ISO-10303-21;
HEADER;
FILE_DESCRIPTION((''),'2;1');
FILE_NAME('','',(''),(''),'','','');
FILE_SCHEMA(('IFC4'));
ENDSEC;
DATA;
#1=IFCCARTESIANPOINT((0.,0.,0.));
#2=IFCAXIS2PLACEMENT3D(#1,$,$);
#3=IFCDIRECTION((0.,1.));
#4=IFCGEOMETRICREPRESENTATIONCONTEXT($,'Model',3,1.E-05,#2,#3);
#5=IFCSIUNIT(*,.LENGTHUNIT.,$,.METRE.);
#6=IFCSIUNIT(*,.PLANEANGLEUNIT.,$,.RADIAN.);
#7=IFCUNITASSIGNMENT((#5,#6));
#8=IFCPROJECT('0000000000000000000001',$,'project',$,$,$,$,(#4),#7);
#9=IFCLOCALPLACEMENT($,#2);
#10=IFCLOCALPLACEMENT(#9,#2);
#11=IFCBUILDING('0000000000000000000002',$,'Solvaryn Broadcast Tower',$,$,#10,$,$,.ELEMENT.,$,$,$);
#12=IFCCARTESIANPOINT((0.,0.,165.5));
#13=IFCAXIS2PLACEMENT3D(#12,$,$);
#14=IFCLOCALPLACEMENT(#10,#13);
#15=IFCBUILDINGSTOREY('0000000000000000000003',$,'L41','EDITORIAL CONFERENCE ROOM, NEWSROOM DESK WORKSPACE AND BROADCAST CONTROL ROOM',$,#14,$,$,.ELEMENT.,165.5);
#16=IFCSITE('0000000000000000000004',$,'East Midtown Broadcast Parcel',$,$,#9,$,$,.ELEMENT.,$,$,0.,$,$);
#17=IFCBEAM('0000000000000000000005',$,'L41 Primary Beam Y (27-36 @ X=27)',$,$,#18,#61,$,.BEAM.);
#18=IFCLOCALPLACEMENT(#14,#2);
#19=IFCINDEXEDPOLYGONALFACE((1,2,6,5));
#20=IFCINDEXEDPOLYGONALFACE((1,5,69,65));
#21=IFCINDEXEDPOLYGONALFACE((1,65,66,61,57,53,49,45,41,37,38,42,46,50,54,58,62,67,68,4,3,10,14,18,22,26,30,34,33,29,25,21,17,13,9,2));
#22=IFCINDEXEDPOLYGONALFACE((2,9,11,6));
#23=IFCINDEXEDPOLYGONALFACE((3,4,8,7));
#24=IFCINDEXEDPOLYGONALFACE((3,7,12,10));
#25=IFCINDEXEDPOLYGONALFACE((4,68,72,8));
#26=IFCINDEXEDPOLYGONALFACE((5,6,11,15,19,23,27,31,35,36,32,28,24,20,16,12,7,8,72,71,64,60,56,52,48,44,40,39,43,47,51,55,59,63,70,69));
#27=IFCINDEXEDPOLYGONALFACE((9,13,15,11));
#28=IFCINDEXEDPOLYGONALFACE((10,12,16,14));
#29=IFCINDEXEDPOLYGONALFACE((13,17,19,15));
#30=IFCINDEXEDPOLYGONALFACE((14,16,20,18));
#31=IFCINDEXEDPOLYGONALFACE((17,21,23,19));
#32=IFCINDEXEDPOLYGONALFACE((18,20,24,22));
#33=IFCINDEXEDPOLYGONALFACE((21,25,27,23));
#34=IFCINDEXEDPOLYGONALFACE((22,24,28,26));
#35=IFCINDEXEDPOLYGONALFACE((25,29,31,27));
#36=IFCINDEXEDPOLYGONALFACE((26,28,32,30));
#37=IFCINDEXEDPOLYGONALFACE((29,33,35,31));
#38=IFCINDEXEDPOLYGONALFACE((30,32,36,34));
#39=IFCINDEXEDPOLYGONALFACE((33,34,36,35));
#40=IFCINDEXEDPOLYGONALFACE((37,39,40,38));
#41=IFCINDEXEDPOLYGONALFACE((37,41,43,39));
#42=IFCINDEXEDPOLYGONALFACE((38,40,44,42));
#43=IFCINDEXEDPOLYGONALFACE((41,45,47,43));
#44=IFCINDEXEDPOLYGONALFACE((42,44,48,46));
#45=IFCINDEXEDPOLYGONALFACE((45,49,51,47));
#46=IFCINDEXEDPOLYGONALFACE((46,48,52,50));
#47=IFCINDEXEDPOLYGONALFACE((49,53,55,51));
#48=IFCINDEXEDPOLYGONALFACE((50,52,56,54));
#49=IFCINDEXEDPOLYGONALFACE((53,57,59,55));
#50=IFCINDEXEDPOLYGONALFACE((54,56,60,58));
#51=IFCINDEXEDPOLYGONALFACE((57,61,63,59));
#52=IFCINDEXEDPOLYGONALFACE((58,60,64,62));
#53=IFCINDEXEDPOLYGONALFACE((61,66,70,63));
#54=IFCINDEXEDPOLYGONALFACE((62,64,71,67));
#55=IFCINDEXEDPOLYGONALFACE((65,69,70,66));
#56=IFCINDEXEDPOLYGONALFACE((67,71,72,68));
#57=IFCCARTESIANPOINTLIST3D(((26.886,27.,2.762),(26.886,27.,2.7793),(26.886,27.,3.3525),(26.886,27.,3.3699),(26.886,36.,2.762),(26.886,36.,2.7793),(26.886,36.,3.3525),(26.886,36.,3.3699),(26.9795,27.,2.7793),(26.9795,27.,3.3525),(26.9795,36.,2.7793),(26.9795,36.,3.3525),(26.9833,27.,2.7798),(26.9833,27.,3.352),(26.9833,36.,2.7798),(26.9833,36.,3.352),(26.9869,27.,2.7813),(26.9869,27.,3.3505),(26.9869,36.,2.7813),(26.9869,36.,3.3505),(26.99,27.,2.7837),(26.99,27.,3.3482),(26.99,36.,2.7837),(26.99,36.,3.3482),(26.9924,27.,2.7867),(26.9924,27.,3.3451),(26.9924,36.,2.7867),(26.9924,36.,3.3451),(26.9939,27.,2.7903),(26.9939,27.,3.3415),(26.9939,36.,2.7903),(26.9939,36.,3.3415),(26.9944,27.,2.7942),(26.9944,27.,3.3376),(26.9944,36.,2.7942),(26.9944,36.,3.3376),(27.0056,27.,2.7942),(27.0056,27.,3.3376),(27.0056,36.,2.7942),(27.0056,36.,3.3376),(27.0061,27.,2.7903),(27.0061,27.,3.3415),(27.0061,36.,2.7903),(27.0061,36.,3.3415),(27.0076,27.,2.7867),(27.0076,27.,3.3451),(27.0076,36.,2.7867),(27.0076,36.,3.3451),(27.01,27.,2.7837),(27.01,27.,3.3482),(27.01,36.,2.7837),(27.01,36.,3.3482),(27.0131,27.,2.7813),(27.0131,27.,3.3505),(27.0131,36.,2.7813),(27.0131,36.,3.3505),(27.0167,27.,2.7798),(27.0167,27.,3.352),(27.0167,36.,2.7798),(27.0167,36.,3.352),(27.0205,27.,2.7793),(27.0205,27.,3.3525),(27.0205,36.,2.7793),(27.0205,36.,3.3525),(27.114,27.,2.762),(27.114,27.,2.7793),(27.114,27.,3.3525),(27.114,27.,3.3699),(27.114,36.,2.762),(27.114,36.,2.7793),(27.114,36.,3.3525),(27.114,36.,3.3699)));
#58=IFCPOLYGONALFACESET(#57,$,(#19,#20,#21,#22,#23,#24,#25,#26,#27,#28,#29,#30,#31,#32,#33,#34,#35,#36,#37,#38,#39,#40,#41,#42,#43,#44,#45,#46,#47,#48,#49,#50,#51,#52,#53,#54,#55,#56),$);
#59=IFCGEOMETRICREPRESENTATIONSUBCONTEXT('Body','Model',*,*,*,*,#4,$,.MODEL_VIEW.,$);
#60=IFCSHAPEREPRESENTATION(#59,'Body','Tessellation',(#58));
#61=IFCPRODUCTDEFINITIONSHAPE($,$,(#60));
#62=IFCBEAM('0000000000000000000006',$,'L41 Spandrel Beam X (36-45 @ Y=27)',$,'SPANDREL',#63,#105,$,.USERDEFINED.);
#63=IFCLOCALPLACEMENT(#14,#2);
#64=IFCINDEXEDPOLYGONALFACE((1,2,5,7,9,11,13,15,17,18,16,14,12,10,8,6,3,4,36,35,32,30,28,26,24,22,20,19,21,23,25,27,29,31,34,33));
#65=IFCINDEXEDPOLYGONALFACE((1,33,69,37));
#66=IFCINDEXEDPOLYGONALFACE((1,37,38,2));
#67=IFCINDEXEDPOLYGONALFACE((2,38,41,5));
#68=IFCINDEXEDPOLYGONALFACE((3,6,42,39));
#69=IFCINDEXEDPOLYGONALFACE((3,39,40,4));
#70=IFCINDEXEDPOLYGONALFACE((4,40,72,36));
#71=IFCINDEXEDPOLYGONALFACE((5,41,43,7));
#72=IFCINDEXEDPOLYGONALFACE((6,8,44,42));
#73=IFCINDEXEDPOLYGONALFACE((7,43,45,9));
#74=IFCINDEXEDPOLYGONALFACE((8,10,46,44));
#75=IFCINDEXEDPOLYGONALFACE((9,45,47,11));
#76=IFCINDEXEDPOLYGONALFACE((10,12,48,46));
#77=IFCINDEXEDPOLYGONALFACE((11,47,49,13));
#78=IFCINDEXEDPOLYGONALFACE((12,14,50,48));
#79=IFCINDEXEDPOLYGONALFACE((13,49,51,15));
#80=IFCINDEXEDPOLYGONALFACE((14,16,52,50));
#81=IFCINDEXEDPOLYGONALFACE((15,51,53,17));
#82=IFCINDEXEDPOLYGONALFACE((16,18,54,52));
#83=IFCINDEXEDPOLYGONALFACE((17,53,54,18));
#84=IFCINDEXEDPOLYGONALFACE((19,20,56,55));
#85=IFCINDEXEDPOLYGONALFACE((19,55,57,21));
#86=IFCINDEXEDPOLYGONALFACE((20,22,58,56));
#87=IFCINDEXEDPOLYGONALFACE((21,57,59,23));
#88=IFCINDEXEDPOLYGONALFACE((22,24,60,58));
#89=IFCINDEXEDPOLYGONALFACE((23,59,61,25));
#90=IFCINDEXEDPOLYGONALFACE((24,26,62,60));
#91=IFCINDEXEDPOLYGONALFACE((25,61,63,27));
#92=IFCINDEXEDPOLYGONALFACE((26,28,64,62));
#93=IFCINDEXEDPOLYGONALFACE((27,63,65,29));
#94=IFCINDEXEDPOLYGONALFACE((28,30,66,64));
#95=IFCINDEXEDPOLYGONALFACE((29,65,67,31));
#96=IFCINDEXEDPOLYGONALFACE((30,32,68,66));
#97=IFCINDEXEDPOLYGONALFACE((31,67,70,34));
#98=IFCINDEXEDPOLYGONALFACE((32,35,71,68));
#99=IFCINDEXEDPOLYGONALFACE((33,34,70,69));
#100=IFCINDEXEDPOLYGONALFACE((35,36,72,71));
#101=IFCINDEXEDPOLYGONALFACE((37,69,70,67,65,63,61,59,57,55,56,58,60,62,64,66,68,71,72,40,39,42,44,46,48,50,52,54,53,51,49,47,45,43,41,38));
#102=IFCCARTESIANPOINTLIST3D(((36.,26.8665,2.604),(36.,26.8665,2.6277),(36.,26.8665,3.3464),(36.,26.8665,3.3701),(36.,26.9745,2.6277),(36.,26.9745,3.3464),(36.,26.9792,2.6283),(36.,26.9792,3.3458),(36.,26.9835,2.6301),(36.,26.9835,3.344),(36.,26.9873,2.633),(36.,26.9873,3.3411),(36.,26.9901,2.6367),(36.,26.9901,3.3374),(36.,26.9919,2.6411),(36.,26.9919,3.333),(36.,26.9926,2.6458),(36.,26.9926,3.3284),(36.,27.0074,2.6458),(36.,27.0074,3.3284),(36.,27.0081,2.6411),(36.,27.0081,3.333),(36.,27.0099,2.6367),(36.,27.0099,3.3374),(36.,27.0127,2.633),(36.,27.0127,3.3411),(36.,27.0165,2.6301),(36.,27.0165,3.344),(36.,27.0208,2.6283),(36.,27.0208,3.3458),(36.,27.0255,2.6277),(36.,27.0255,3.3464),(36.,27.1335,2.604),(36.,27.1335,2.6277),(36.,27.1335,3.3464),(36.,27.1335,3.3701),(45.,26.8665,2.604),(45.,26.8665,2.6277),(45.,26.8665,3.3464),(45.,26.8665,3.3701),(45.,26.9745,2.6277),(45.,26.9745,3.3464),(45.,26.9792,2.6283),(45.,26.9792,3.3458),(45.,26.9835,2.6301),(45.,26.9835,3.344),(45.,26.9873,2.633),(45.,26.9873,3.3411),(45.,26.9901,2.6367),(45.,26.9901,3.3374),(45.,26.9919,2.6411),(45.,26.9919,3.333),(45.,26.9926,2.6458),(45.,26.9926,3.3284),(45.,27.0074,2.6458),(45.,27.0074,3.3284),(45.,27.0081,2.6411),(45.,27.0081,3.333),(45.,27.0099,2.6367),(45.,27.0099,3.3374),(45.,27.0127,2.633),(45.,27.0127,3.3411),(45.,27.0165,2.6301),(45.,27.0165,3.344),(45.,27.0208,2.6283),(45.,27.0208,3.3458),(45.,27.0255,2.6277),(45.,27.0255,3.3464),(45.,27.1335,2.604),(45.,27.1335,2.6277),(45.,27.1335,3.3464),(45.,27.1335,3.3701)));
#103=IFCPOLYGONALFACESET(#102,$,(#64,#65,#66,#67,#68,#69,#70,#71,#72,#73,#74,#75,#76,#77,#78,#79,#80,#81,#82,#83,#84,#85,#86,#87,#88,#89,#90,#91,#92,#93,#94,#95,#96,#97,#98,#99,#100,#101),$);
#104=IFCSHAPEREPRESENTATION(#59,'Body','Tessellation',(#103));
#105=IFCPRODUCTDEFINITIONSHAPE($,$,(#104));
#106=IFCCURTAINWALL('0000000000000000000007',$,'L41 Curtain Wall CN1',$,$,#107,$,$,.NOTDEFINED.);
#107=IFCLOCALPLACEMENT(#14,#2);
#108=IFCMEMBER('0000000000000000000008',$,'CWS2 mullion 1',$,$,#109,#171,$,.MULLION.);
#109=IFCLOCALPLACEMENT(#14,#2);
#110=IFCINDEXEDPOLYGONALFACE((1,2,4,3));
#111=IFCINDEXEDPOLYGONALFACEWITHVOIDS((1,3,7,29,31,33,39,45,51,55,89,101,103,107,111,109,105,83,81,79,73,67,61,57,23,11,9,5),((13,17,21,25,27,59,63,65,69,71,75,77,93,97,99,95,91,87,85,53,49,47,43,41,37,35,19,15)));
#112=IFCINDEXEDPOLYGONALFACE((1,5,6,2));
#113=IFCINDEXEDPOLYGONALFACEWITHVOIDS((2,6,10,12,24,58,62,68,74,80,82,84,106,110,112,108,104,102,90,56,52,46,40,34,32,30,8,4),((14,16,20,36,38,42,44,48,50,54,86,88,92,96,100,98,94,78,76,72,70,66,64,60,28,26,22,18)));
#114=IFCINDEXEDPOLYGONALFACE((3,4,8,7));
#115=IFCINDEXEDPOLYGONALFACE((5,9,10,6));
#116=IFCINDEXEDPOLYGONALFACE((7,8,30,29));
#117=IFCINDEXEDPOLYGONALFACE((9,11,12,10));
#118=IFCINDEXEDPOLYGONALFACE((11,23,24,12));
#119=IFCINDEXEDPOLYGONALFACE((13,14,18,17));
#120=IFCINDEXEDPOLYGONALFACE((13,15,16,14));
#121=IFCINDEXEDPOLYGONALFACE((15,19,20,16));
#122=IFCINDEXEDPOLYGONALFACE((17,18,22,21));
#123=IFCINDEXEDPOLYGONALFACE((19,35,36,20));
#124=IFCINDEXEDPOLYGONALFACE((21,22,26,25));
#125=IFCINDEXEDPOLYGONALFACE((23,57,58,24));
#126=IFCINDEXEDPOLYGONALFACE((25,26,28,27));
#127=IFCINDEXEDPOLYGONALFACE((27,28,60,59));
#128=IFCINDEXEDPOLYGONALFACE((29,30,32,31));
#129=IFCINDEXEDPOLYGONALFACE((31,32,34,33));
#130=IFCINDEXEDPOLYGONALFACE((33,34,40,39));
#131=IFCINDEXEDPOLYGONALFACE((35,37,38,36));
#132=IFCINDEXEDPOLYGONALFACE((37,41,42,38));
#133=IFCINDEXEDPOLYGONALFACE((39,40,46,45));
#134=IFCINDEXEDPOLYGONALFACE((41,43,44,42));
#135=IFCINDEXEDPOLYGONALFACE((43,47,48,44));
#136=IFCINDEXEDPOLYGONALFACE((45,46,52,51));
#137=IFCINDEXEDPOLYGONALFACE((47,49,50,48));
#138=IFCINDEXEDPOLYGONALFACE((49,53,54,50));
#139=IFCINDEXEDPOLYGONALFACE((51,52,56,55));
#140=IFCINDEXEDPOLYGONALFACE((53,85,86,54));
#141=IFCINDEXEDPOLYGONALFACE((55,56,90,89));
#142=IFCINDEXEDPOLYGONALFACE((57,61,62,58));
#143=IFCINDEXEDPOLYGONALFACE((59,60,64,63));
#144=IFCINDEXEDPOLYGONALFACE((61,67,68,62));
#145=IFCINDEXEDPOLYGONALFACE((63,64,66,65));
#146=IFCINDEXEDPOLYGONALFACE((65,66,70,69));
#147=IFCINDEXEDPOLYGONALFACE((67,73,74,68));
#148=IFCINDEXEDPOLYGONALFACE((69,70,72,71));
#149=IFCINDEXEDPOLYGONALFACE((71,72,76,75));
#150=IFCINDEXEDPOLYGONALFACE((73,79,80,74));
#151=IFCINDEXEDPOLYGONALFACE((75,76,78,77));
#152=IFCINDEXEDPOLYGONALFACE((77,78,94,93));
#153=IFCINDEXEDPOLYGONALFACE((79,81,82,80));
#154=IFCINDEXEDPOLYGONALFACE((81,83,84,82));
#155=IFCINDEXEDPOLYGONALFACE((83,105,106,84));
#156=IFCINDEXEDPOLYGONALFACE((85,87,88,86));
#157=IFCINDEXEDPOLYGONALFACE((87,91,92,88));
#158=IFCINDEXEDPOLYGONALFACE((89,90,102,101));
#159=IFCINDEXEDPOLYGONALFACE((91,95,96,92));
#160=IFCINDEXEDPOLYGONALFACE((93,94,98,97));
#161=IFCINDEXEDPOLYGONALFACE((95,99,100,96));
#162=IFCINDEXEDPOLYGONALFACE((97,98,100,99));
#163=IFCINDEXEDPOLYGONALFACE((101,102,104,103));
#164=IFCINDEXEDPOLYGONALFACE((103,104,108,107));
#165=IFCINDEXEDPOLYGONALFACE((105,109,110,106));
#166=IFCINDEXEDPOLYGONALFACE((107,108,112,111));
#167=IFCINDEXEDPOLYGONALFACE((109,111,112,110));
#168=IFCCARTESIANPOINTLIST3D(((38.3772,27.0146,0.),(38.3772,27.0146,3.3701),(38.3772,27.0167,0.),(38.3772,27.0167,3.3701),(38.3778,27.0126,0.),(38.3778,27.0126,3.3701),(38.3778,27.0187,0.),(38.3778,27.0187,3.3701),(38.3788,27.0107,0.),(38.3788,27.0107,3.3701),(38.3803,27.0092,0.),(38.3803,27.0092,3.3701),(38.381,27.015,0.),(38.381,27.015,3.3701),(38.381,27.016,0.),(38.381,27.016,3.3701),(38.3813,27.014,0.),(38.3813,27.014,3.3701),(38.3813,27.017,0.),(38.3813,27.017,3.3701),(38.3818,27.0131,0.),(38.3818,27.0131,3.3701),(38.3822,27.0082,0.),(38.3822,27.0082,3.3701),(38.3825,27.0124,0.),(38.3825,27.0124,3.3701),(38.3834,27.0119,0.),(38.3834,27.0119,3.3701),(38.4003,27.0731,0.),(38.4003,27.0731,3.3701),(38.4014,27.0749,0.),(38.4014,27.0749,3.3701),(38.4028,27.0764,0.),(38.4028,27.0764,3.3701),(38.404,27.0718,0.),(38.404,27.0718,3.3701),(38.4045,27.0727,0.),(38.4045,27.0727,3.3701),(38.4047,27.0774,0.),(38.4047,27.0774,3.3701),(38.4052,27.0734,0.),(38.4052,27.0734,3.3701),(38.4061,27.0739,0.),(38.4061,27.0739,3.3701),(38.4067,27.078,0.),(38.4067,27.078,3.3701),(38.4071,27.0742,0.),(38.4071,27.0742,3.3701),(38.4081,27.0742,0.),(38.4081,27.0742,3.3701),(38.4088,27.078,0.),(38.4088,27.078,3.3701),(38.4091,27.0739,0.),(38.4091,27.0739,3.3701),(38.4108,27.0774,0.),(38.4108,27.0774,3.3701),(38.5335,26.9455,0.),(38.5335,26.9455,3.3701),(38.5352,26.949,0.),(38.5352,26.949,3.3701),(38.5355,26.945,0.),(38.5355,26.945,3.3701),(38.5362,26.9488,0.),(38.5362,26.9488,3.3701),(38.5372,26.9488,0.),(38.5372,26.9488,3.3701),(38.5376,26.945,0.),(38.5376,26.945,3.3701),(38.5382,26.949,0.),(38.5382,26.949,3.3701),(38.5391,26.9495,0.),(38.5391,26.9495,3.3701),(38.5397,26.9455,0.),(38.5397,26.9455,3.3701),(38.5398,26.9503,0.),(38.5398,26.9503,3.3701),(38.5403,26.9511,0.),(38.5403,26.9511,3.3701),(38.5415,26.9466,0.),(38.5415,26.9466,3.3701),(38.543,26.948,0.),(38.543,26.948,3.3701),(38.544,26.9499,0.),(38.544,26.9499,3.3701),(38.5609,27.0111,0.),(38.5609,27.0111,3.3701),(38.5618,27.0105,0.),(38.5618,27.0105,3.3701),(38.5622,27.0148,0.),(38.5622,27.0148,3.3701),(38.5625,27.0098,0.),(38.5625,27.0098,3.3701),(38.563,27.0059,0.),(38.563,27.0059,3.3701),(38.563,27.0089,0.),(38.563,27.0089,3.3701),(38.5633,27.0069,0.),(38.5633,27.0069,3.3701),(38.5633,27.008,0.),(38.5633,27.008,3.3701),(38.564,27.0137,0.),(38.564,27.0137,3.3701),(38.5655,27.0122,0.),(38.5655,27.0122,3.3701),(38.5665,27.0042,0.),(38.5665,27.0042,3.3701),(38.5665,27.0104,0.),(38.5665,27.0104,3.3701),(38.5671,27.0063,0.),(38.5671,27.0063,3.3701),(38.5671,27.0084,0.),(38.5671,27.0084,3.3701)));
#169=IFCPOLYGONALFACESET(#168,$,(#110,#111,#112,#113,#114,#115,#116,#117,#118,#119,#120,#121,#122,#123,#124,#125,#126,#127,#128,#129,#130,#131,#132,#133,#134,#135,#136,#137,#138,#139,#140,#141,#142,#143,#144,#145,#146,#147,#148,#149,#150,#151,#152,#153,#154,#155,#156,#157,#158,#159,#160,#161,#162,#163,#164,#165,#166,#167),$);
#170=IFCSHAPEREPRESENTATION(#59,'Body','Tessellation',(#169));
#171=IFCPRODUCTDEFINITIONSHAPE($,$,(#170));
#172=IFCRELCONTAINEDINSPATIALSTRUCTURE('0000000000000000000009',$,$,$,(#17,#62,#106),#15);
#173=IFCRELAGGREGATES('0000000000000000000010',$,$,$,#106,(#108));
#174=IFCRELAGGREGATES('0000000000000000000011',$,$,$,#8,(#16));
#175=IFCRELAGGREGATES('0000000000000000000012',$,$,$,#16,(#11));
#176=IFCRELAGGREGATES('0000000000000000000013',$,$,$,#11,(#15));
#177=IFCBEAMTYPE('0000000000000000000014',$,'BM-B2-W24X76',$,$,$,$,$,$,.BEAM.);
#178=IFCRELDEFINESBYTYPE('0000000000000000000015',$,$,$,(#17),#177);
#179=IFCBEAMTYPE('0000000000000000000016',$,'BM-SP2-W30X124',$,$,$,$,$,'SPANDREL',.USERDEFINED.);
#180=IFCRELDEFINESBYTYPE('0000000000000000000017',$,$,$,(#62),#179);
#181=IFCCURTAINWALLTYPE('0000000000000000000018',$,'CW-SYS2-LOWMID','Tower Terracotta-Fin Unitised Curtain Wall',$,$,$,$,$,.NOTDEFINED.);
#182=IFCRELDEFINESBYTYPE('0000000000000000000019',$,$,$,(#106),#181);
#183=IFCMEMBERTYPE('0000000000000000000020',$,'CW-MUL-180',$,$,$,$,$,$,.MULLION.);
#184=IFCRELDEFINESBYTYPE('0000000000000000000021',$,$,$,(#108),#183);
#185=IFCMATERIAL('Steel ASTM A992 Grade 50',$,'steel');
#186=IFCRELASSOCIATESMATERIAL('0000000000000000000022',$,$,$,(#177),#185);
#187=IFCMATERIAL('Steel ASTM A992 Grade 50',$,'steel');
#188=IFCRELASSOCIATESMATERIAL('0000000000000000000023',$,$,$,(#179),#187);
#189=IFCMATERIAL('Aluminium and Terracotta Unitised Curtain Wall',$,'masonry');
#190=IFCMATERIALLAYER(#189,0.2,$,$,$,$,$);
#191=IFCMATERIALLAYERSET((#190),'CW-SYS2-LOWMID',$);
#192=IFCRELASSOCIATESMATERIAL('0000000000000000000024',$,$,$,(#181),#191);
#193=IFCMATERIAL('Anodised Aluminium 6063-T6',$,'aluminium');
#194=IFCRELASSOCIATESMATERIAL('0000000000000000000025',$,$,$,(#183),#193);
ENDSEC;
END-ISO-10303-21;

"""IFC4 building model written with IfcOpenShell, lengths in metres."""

from ifc_helpers import new_model, si_unit, direction, frame, origin, origin_2d, place, context, subcontext, project, spatial, hollow_rectangle, i_section, extrude, material, layer, layer_set, material_profile, profile_set, type_object, element, aggregate, save


model = new_model("IFC4")

# Units and contexts
model_context = context("Model", 3, precision=1e-05, world=origin(), true_north=direction((0.0, 1.0)))
body_context = subcontext(model_context, "Body", "Model", "MODEL_VIEW")
ifc_project = project(units=[si_unit("LENGTHUNIT", "METRE"), si_unit("PLANEANGLEUNIT", "RADIAN")], contexts=[model_context])

# Site, building, storey
site_placement = place(None, origin())
site = spatial("IfcSite", under=ifc_project, at=site_placement, Name="East Midtown Broadcast Parcel", CompositionType="ELEMENT", RefElevation=0.0)
building_placement = place(site_placement, origin())
building = spatial("IfcBuilding", under=site, at=building_placement, Name="Solvaryn Broadcast Tower", CompositionType="ELEMENT")
storey_placement = place(building_placement, frame((0.0, 0.0, 165.5)))
storey = spatial("IfcBuildingStorey", under=building, at=storey_placement, Name="L41", Description="EDITORIAL CONFERENCE ROOM, NEWSROOM DESK WORKSPACE AND BROADCAST CONTROL ROOM", CompositionType="ELEMENT", Elevation=165.5)

# Beams
ifc_material_1 = material(Name="Steel ASTM A992 Grade 50", Category="steel")
ifc_material_profile_1 = material_profile(ifc_material_1, i_section(OverallWidth=0.228, OverallDepth=0.6079, WebThickness=0.0112, FlangeThickness=0.0173, FilletRadius=0.0149, at=origin_2d()))
ifc_profile_set_1 = profile_set([ifc_material_profile_1], Name="Steel ASTM A992 Grade 50")
beam_type_1 = type_object("IfcBeamType", Name="BM-B2-W24X76", PredefinedType="BEAM", material=ifc_profile_set_1)
beam_1_placement = place(storey_placement, frame((27.0, 27.0, 3.0659), z_axis=(0.0, 1.0, 0.0), x_axis=(-1.0, 0.0, 0.0)))
element("IfcBeam", 1, at=beam_1_placement, inside=storey, type_object=beam_type_1, Name="L41 Primary Beam Y (27-36 @ X=27)", PredefinedType="BEAM", context=body_context, shape_type="SweptSolid", body=[
    extrude(i_section(OverallWidth=0.228, OverallDepth=0.6079, WebThickness=0.0112, FlangeThickness=0.0173, FilletRadius=0.0149, at=origin_2d()), origin(), (0.0, 0.0, 1.0), 9.0),
])
ifc_material_2 = material(Name="Steel ASTM A992 Grade 50", Category="steel")
ifc_material_profile_2 = material_profile(ifc_material_2, i_section(OverallWidth=0.2671, OverallDepth=0.7661, WebThickness=0.0149, FlangeThickness=0.0237, FilletRadius=0.0181, at=origin_2d()))
ifc_profile_set_2 = profile_set([ifc_material_profile_2], Name="Steel ASTM A992 Grade 50")
beam_type_2 = type_object("IfcBeamType", Name="BM-SP2-W30X124", ElementType="SPANDREL", PredefinedType="USERDEFINED", material=ifc_profile_set_2)
beam_2_placement = place(storey_placement, frame((36.0, 27.0, 2.9871), z_axis=(1.0, 0.0, 0.0), x_axis=(0.0, 1.0, 0.0)))
element("IfcBeam", 2, at=beam_2_placement, inside=storey, type_object=beam_type_2, Name="L41 Spandrel Beam X (36-45 @ Y=27)", ObjectType="SPANDREL", PredefinedType="USERDEFINED", context=body_context, shape_type="SweptSolid", body=[
    extrude(i_section(OverallWidth=0.2671, OverallDepth=0.7661, WebThickness=0.0149, FlangeThickness=0.0237, FilletRadius=0.0181, at=origin_2d()), origin(), (0.0, 0.0, 1.0), 9.0),
])

# Curtain wall, member
ifc_material_3 = material(Name="Aluminium and Terracotta Unitised Curtain Wall", Category="masonry")
ifc_layer_1 = layer(ifc_material_3, 0.2)
ifc_layer_set_1 = layer_set([ifc_layer_1], Name="CW-SYS2-LOWMID")
curtain_wall_type = type_object("IfcCurtainWallType", Name="CW-SYS2-LOWMID", Description="Tower Terracotta-Fin Unitised Curtain Wall", PredefinedType="NOTDEFINED", material=ifc_layer_set_1)
curtain_wall_1_placement = place(storey_placement, origin())
curtain_wall_1 = element("IfcCurtainWall", 3, at=curtain_wall_1_placement, inside=storey, type_object=curtain_wall_type, Name="L41 Curtain Wall CN1", PredefinedType="NOTDEFINED")
ifc_material_4 = material(Name="Anodised Aluminium 6063-T6", Category="aluminium")
ifc_material_profile_3 = material_profile(ifc_material_4, hollow_rectangle(XDim=0.075, YDim=0.1799, WallThickness=0.0039, InnerFilletRadius=0.0039, OuterFilletRadius=0.0081, at=origin_2d()))
ifc_profile_set_3 = profile_set([ifc_material_profile_3], Name="Anodised Aluminium 6063-T6")
member_type_1 = type_object("IfcMemberType", Name="CW-MUL-180", PredefinedType="MULLION", material=ifc_profile_set_3)
member_1_placement = place(storey_placement, frame((38.4722, 27.0115, 0.0), z_axis=(0.0, 0.0, 1.0), x_axis=(-0.382646, -0.923895, 0.0)))
member_1 = element("IfcMember", 4, at=member_1_placement, type_object=member_type_1, Name="CWS2 mullion 1", PredefinedType="MULLION", context=body_context, shape_type="SweptSolid", body=[
    extrude(hollow_rectangle(XDim=0.075, YDim=0.1799, WallThickness=0.0039, InnerFilletRadius=0.0039, OuterFilletRadius=0.0081, at=origin_2d()), origin(), (0.0, 0.0, 1.0), 3.3701),
])

aggregate(curtain_wall_1, [member_1])

save(model, "model.ifc")
